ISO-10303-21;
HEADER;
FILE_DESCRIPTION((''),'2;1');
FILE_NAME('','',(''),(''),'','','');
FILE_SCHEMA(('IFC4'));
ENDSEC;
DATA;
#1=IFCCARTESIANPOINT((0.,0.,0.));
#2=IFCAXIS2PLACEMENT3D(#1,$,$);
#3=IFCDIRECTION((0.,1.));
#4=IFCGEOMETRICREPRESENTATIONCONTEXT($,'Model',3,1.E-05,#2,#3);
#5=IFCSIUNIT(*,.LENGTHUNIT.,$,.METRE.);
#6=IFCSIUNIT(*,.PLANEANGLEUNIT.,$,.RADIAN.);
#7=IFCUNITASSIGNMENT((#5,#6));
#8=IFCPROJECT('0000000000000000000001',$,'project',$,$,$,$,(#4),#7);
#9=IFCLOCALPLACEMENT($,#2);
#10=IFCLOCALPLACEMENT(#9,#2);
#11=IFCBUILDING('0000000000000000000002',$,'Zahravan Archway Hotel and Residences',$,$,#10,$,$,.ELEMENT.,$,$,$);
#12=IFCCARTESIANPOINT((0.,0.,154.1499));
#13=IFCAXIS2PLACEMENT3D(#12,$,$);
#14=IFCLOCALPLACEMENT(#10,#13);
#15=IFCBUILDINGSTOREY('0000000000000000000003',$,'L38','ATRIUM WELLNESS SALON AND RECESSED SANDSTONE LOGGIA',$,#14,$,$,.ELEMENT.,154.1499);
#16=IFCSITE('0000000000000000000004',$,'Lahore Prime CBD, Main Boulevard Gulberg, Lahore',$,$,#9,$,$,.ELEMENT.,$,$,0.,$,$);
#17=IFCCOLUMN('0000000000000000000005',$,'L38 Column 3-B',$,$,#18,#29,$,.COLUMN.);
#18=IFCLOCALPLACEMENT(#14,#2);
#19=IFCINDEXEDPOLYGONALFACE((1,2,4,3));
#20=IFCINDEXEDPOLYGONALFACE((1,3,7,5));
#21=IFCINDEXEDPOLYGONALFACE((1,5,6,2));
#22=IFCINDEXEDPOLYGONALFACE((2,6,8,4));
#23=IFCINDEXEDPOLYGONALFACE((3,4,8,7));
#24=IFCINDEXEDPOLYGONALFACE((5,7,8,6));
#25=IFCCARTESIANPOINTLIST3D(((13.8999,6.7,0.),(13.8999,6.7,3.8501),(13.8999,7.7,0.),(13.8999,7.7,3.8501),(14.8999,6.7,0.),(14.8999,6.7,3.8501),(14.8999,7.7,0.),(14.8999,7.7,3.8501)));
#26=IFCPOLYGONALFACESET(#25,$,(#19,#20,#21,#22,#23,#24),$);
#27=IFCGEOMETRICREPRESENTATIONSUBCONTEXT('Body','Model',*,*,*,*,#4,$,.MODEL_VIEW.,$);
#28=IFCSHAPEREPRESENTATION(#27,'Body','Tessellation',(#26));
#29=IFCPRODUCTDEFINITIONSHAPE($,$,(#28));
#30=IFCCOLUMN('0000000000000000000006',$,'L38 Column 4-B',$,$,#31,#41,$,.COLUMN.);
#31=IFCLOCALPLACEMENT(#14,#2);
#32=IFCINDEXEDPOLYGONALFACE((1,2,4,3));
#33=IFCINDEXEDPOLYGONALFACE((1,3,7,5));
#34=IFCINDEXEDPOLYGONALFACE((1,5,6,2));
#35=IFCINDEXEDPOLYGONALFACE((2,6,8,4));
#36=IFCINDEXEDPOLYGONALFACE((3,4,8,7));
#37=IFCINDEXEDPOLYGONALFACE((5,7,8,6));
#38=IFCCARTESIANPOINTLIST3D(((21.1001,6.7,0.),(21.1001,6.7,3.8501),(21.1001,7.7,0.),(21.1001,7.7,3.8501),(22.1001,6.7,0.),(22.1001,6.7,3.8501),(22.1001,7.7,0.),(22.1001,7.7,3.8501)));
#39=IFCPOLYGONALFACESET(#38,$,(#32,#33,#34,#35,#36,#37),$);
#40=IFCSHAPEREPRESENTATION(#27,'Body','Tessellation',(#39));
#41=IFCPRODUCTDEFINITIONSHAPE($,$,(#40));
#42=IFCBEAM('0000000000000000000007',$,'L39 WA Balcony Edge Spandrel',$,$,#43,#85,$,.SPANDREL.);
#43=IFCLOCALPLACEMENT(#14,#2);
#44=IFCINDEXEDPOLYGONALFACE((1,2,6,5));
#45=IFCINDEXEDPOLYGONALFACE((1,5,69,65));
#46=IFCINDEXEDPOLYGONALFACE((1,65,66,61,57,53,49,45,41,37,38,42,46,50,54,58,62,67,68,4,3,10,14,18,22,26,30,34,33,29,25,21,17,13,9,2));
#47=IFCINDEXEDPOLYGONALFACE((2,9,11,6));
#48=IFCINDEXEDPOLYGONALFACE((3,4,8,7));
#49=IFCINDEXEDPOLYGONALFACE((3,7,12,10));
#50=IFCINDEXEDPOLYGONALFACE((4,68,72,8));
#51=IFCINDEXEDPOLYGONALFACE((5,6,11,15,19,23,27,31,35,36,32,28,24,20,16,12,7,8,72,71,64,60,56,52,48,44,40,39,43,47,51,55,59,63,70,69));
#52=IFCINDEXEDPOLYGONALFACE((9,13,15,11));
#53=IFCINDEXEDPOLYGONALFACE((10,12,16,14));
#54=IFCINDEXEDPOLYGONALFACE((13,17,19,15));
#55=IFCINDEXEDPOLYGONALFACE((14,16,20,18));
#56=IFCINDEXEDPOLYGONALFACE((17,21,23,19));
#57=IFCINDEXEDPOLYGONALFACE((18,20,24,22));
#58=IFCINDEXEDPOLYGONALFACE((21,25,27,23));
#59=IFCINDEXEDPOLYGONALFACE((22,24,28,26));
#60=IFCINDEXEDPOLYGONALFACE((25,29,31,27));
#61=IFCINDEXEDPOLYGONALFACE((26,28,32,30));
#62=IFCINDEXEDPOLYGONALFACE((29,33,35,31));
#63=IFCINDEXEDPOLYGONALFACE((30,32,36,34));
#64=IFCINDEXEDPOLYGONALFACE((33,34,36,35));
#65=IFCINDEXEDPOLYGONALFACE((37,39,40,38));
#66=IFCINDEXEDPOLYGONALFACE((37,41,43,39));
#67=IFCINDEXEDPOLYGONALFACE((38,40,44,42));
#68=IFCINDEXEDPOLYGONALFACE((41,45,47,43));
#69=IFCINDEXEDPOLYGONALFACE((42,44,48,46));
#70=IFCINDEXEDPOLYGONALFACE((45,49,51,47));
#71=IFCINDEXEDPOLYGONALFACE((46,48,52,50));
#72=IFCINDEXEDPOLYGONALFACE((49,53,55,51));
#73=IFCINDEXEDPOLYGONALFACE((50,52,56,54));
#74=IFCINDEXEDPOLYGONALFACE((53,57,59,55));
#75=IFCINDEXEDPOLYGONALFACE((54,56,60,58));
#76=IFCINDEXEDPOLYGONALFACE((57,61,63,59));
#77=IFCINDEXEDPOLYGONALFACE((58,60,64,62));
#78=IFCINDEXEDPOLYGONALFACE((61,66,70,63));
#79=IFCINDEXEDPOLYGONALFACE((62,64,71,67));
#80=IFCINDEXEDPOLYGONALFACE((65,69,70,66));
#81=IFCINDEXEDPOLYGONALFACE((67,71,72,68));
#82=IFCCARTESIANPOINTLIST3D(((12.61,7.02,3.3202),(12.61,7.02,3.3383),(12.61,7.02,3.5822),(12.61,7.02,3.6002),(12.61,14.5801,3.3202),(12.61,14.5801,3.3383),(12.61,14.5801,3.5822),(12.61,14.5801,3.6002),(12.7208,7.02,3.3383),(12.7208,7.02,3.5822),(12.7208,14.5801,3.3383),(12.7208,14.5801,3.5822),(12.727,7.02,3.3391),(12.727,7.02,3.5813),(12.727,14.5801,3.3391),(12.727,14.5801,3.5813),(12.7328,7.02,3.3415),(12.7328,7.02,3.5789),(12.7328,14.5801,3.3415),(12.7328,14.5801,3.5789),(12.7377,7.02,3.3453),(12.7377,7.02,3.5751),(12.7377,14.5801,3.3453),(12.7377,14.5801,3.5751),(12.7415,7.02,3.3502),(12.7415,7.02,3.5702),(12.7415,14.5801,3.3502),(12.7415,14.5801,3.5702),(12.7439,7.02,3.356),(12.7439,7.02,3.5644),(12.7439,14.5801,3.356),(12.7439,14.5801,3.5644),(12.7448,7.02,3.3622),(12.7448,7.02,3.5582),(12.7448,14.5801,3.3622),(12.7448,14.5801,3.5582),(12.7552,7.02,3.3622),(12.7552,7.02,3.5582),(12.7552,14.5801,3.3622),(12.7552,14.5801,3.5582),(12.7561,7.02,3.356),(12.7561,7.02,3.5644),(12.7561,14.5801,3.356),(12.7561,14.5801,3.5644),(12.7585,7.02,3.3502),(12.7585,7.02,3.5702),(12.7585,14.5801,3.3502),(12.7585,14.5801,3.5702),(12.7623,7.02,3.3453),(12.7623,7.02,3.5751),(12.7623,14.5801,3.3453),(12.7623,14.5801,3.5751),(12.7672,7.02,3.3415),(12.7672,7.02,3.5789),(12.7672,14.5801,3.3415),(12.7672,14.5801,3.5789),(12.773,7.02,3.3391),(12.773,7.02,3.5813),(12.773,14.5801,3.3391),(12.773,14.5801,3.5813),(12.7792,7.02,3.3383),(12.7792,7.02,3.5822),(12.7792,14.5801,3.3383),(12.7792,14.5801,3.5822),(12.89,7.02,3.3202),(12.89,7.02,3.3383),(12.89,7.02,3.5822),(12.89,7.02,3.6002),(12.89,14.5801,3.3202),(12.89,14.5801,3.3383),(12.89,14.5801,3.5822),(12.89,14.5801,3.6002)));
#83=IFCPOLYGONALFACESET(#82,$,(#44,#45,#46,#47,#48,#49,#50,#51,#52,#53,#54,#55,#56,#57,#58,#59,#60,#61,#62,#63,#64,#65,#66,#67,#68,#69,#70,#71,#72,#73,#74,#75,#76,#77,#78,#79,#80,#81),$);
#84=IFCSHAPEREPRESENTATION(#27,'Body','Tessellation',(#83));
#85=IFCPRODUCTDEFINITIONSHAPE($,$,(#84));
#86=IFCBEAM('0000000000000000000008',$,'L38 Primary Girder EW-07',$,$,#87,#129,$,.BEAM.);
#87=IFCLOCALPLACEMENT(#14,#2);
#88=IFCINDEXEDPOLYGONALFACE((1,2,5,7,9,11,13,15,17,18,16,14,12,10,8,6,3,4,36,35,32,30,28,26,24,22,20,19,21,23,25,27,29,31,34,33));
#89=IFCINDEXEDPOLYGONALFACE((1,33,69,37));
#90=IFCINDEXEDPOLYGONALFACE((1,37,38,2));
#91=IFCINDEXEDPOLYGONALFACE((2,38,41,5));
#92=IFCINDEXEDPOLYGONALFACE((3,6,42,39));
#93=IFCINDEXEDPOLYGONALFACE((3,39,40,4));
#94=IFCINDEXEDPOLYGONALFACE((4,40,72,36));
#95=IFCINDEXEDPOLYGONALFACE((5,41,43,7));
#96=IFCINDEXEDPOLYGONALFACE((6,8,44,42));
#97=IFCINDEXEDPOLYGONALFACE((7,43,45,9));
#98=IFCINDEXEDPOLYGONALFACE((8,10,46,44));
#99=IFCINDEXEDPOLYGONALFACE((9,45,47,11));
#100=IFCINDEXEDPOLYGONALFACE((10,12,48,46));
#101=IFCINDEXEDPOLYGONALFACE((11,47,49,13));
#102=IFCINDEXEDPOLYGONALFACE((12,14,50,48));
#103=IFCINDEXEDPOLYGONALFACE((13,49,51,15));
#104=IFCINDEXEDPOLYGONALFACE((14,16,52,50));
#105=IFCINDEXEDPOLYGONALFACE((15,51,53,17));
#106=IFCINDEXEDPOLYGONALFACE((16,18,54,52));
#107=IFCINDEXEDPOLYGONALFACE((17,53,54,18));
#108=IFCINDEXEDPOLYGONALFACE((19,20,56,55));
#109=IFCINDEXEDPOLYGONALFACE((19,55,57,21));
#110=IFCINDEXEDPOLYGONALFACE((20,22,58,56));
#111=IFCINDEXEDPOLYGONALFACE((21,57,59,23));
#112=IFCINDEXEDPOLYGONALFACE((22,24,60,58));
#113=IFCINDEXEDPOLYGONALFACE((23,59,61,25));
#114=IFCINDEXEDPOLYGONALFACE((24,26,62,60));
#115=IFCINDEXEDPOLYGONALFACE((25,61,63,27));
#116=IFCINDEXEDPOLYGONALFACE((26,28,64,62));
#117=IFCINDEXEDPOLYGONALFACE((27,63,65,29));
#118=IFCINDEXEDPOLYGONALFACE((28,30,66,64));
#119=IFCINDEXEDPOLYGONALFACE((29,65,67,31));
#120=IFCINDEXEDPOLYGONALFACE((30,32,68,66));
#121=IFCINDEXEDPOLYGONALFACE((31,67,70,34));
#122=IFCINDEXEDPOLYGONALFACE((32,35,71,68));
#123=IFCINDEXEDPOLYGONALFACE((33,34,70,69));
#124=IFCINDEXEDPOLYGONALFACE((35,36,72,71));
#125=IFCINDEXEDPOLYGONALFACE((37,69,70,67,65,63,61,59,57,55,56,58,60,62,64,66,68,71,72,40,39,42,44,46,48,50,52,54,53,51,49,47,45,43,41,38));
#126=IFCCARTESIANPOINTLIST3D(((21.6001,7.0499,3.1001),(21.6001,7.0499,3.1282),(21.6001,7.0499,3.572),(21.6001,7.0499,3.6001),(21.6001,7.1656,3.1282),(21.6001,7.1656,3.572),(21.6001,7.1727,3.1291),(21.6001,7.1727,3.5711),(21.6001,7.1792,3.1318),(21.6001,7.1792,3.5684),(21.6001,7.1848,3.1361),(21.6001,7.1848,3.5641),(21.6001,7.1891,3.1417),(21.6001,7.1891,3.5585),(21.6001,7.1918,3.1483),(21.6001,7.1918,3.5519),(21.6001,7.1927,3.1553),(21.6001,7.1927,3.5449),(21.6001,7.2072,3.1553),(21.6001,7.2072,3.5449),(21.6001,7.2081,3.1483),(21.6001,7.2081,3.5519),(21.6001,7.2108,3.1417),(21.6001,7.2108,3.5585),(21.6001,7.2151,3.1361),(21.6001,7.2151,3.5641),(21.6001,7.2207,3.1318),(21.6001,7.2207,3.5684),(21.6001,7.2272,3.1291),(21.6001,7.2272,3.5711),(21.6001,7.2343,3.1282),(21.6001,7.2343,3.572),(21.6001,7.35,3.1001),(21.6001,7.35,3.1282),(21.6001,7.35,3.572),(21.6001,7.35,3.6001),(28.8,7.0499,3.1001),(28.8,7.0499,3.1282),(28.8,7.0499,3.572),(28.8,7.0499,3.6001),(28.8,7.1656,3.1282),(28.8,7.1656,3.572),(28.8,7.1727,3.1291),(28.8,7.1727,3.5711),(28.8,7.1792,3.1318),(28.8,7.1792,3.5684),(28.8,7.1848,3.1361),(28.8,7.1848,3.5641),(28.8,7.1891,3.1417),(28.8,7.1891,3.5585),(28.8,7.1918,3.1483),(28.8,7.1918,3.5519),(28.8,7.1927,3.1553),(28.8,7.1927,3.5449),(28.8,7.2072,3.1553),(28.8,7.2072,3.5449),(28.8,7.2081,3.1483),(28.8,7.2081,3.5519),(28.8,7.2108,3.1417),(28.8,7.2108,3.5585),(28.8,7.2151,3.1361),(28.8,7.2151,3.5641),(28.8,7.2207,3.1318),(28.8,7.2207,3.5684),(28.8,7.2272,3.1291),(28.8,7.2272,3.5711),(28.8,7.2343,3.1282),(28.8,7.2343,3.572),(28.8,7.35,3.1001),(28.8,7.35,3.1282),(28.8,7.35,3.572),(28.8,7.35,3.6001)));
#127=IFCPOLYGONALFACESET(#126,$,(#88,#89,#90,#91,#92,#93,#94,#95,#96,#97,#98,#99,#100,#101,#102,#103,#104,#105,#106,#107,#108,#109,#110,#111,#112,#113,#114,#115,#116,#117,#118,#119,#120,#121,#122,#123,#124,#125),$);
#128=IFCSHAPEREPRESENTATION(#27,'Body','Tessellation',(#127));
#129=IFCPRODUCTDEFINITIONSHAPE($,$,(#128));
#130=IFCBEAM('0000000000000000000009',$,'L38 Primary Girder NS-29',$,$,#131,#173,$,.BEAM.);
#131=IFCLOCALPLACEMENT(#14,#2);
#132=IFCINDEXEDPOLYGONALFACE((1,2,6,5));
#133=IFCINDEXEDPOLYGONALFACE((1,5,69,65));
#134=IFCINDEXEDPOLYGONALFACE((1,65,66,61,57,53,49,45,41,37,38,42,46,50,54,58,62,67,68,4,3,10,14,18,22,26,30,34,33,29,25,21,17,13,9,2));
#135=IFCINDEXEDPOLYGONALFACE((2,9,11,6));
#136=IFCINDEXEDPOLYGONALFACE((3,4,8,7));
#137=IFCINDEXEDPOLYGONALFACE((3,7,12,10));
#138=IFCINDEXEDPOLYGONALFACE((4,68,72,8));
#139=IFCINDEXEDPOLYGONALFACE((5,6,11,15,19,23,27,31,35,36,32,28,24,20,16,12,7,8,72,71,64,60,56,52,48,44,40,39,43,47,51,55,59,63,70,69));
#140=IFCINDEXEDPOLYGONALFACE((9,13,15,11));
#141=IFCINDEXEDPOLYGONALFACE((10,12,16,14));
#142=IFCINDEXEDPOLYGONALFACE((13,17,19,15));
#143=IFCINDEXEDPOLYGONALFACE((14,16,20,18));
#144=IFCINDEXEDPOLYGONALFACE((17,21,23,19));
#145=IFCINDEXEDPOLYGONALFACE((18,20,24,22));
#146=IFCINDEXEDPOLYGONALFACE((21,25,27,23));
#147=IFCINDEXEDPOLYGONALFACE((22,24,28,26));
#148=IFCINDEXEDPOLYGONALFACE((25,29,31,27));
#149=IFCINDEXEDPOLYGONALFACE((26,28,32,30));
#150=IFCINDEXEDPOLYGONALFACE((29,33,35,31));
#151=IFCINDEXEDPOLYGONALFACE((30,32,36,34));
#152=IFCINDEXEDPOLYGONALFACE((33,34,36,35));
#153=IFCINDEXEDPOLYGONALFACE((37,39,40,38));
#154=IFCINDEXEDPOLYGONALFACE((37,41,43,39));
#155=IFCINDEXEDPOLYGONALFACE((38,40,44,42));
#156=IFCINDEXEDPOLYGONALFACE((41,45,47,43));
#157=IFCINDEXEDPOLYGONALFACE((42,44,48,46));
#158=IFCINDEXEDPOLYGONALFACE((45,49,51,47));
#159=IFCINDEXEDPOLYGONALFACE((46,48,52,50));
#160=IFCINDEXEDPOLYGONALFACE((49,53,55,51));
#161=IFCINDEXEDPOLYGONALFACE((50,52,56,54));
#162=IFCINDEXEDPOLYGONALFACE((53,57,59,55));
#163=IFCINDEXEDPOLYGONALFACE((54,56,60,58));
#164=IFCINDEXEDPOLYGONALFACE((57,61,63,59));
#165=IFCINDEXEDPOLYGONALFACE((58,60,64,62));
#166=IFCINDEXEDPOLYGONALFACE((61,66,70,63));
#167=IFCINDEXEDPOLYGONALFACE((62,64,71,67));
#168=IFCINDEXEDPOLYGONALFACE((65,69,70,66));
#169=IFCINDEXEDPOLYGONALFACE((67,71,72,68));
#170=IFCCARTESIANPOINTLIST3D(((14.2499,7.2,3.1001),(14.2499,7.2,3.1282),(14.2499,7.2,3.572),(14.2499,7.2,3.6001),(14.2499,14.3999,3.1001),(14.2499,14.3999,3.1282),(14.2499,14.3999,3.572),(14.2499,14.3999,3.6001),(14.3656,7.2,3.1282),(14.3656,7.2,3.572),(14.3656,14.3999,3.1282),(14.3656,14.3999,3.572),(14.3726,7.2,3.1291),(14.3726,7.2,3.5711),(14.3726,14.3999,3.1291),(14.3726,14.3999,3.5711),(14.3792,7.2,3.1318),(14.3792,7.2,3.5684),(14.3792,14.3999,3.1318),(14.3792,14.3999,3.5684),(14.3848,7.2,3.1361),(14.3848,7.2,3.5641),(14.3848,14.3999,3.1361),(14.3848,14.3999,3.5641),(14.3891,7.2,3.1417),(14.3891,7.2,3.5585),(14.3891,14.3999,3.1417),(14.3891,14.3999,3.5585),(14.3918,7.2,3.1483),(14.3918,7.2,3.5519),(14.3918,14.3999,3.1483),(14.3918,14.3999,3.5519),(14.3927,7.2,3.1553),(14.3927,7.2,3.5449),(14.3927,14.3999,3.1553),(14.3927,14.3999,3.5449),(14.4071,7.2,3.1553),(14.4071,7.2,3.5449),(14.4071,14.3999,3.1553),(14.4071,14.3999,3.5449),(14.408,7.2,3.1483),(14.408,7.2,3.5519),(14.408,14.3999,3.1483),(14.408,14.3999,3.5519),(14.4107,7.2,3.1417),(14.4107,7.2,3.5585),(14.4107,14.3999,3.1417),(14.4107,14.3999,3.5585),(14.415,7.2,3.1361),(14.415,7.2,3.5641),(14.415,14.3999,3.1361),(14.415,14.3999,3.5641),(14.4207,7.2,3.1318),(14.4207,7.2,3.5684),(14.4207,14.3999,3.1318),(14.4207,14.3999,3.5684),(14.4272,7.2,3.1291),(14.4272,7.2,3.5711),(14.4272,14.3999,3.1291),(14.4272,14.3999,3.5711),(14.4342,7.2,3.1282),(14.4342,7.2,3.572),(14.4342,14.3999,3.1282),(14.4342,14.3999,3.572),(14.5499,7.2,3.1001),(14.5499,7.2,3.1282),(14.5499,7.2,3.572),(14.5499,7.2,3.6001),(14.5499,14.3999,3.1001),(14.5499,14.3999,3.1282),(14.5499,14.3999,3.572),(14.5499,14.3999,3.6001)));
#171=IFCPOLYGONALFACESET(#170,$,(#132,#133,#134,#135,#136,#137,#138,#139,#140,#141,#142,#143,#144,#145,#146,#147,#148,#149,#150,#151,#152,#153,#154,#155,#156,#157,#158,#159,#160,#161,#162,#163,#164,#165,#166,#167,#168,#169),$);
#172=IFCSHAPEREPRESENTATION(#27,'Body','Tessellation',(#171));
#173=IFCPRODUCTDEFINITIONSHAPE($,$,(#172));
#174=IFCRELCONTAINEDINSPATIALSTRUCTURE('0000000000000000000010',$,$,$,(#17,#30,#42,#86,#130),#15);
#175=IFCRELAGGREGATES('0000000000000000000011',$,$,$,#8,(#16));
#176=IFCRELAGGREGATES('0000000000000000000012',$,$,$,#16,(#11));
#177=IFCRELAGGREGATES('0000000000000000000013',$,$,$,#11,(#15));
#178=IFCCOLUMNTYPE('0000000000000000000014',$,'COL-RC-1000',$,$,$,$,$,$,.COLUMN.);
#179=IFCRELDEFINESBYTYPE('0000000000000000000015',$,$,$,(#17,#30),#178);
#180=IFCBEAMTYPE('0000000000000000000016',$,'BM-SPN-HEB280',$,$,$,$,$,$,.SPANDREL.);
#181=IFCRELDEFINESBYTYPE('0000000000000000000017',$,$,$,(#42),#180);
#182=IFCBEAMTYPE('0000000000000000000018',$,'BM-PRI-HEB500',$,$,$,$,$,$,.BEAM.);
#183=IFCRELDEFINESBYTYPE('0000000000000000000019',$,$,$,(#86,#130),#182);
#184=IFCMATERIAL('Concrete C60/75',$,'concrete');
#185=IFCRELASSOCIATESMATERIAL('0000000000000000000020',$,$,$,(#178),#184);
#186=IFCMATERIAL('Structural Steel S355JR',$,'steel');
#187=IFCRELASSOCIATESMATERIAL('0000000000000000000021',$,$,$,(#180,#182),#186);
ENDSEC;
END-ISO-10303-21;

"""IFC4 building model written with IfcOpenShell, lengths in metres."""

from ifc_helpers import new_model, si_unit, direction, frame, origin, origin_2d, place, context, subcontext, project, spatial, rectangle, i_section, extrude, source, transform, mapped, material, material_profile, profile_set, type_object, type_shapes, element, save


model = new_model("IFC4")

# Units and contexts
model_context = context("Model", 3, precision=1e-05, world=origin(), true_north=direction((0.0, 1.0)))
body_context = subcontext(model_context, "Body", "Model", "MODEL_VIEW")
ifc_project = project(units=[si_unit("LENGTHUNIT", "METRE"), si_unit("PLANEANGLEUNIT", "RADIAN")], contexts=[model_context])

# Site, building, storey
site_placement = place(None, origin())
site = spatial("IfcSite", under=ifc_project, at=site_placement, Name="Lahore Prime CBD, Main Boulevard Gulberg, Lahore", CompositionType="ELEMENT", RefElevation=0.0)
building_placement = place(site_placement, origin())
building = spatial("IfcBuilding", under=site, at=building_placement, Name="Zahravan Archway Hotel and Residences", CompositionType="ELEMENT")
storey_placement = place(building_placement, frame((0.0, 0.0, 154.1499)))
storey = spatial("IfcBuildingStorey", under=building, at=storey_placement, Name="L38", Description="ATRIUM WELLNESS SALON AND RECESSED SANDSTONE LOGGIA", CompositionType="ELEMENT", Elevation=154.1499)

# Columns
ifc_material_1 = material(Name="Concrete C60/75", Category="concrete")
ifc_material_profile_1 = material_profile(ifc_material_1, rectangle(XDim=1.0, YDim=1.0, at=origin_2d()), Name="RC-COL-1000x1000", Category="concrete")
ifc_profile_set_1 = profile_set([ifc_material_profile_1], Name="Concrete C60/75")
column_type = type_object("IfcColumnType", Name="COL-RC-1000", PredefinedType="COLUMN", material=ifc_profile_set_1)
shared_shape_1 = source(origin(), body_context, "Body", "SweptSolid", [
    extrude(rectangle(XDim=1.0, YDim=1.0, at=origin_2d()), origin(), (0.0, 0.0, 1.0), 3.8501),
])
for number, where, z_axis, x_axis, name in (
    (1, (14.3999, 7.2, 0.0), (0.0, 0.0, 1.0), (1.0, 0.0, 0.0), "L38 Column 3-B"),
    (2, (21.6001, 7.2, 0.0), (0.0, 0.0, 1.0), (1.0, 0.0, 0.0), "L38 Column 4-B"),
):
    element("IfcColumn", number, at=place(storey_placement, frame(where, z_axis=z_axis, x_axis=x_axis)), inside=storey, type_object=column_type, Name=name, PredefinedType="COLUMN", context=body_context, shape_type="MappedRepresentation", body=[
        mapped(shared_shape_1, transform((0.0, 0.0, 0.0), scale=1.0)),
    ])

# Beams
ifc_material_2 = material(Name="Structural Steel S355JR", Category="steel")
ifc_material_profile_2 = material_profile(ifc_material_2, i_section(OverallWidth=0.28, OverallDepth=0.28, WebThickness=0.0105, FlangeThickness=0.0181, FilletRadius=0.0239, at=origin_2d()), Name="HEB 280", Category="steel")
ifc_profile_set_2 = profile_set([ifc_material_profile_2], Name="Structural Steel S355JR")
beam_type_1 = type_object("IfcBeamType", Name="BM-SPN-HEB280", PredefinedType="SPANDREL", material=ifc_profile_set_2)
shared_shape_2 = source(origin(), body_context, "Body", "SweptSolid", [
    extrude(i_section(OverallWidth=0.28, OverallDepth=0.28, WebThickness=0.0105, FlangeThickness=0.0181, FilletRadius=0.0239, at=origin_2d()), origin(), (0.0, 0.0, 1.0), 7.5601),
])
type_shapes(beam_type_1, [shared_shape_2])
beam_1_placement = place(storey_placement, frame((12.75, 7.02, 3.4602), z_axis=(0.0, 1.0, 0.0), x_axis=(-1.0, 0.0, 0.0)))
element("IfcBeam", 3, at=beam_1_placement, inside=storey, type_object=beam_type_1, Name="L39 WA Balcony Edge Spandrel", PredefinedType="SPANDREL", context=body_context, shape_type="MappedRepresentation", body=[
    mapped(shared_shape_2, transform((0.0, 0.0, 0.0), scale=1.0)),
])
ifc_material_profile_3 = material_profile(ifc_material_2, i_section(OverallWidth=0.3, OverallDepth=0.5, WebThickness=0.0144, FlangeThickness=0.0281, FilletRadius=0.0271, at=origin_2d()), Name="HEB 500", Category="steel")
ifc_profile_set_3 = profile_set([ifc_material_profile_3], Name="Structural Steel S355JR")
beam_type_2 = type_object("IfcBeamType", Name="BM-PRI-HEB500", PredefinedType="BEAM", material=ifc_profile_set_3)
shared_shape_3 = source(origin(), body_context, "Body", "SweptSolid", [
    extrude(i_section(OverallWidth=0.3, OverallDepth=0.5, WebThickness=0.0144, FlangeThickness=0.0281, FilletRadius=0.0271, at=origin_2d()), origin(), (0.0, 0.0, 1.0), 7.2),
])
for number, where, z_axis, x_axis, name in (
    (4, (21.6001, 7.2, 3.3501), (1.0, 0.0, 0.0), (0.0, 1.0, 0.0), "L38 Primary Girder EW-07"),
    (5, (14.3999, 7.2, 3.3501), (0.0, 1.0, 0.0), (-1.0, 0.0, 0.0), "L38 Primary Girder NS-29"),
):
    element("IfcBeam", number, at=place(storey_placement, frame(where, z_axis=z_axis, x_axis=x_axis)), inside=storey, type_object=beam_type_2, Name=name, PredefinedType="BEAM", context=body_context, shape_type="MappedRepresentation", body=[
        mapped(shared_shape_3, transform((0.0, 0.0, 0.0), scale=1.0)),
    ])

save(model, "model.ifc")
